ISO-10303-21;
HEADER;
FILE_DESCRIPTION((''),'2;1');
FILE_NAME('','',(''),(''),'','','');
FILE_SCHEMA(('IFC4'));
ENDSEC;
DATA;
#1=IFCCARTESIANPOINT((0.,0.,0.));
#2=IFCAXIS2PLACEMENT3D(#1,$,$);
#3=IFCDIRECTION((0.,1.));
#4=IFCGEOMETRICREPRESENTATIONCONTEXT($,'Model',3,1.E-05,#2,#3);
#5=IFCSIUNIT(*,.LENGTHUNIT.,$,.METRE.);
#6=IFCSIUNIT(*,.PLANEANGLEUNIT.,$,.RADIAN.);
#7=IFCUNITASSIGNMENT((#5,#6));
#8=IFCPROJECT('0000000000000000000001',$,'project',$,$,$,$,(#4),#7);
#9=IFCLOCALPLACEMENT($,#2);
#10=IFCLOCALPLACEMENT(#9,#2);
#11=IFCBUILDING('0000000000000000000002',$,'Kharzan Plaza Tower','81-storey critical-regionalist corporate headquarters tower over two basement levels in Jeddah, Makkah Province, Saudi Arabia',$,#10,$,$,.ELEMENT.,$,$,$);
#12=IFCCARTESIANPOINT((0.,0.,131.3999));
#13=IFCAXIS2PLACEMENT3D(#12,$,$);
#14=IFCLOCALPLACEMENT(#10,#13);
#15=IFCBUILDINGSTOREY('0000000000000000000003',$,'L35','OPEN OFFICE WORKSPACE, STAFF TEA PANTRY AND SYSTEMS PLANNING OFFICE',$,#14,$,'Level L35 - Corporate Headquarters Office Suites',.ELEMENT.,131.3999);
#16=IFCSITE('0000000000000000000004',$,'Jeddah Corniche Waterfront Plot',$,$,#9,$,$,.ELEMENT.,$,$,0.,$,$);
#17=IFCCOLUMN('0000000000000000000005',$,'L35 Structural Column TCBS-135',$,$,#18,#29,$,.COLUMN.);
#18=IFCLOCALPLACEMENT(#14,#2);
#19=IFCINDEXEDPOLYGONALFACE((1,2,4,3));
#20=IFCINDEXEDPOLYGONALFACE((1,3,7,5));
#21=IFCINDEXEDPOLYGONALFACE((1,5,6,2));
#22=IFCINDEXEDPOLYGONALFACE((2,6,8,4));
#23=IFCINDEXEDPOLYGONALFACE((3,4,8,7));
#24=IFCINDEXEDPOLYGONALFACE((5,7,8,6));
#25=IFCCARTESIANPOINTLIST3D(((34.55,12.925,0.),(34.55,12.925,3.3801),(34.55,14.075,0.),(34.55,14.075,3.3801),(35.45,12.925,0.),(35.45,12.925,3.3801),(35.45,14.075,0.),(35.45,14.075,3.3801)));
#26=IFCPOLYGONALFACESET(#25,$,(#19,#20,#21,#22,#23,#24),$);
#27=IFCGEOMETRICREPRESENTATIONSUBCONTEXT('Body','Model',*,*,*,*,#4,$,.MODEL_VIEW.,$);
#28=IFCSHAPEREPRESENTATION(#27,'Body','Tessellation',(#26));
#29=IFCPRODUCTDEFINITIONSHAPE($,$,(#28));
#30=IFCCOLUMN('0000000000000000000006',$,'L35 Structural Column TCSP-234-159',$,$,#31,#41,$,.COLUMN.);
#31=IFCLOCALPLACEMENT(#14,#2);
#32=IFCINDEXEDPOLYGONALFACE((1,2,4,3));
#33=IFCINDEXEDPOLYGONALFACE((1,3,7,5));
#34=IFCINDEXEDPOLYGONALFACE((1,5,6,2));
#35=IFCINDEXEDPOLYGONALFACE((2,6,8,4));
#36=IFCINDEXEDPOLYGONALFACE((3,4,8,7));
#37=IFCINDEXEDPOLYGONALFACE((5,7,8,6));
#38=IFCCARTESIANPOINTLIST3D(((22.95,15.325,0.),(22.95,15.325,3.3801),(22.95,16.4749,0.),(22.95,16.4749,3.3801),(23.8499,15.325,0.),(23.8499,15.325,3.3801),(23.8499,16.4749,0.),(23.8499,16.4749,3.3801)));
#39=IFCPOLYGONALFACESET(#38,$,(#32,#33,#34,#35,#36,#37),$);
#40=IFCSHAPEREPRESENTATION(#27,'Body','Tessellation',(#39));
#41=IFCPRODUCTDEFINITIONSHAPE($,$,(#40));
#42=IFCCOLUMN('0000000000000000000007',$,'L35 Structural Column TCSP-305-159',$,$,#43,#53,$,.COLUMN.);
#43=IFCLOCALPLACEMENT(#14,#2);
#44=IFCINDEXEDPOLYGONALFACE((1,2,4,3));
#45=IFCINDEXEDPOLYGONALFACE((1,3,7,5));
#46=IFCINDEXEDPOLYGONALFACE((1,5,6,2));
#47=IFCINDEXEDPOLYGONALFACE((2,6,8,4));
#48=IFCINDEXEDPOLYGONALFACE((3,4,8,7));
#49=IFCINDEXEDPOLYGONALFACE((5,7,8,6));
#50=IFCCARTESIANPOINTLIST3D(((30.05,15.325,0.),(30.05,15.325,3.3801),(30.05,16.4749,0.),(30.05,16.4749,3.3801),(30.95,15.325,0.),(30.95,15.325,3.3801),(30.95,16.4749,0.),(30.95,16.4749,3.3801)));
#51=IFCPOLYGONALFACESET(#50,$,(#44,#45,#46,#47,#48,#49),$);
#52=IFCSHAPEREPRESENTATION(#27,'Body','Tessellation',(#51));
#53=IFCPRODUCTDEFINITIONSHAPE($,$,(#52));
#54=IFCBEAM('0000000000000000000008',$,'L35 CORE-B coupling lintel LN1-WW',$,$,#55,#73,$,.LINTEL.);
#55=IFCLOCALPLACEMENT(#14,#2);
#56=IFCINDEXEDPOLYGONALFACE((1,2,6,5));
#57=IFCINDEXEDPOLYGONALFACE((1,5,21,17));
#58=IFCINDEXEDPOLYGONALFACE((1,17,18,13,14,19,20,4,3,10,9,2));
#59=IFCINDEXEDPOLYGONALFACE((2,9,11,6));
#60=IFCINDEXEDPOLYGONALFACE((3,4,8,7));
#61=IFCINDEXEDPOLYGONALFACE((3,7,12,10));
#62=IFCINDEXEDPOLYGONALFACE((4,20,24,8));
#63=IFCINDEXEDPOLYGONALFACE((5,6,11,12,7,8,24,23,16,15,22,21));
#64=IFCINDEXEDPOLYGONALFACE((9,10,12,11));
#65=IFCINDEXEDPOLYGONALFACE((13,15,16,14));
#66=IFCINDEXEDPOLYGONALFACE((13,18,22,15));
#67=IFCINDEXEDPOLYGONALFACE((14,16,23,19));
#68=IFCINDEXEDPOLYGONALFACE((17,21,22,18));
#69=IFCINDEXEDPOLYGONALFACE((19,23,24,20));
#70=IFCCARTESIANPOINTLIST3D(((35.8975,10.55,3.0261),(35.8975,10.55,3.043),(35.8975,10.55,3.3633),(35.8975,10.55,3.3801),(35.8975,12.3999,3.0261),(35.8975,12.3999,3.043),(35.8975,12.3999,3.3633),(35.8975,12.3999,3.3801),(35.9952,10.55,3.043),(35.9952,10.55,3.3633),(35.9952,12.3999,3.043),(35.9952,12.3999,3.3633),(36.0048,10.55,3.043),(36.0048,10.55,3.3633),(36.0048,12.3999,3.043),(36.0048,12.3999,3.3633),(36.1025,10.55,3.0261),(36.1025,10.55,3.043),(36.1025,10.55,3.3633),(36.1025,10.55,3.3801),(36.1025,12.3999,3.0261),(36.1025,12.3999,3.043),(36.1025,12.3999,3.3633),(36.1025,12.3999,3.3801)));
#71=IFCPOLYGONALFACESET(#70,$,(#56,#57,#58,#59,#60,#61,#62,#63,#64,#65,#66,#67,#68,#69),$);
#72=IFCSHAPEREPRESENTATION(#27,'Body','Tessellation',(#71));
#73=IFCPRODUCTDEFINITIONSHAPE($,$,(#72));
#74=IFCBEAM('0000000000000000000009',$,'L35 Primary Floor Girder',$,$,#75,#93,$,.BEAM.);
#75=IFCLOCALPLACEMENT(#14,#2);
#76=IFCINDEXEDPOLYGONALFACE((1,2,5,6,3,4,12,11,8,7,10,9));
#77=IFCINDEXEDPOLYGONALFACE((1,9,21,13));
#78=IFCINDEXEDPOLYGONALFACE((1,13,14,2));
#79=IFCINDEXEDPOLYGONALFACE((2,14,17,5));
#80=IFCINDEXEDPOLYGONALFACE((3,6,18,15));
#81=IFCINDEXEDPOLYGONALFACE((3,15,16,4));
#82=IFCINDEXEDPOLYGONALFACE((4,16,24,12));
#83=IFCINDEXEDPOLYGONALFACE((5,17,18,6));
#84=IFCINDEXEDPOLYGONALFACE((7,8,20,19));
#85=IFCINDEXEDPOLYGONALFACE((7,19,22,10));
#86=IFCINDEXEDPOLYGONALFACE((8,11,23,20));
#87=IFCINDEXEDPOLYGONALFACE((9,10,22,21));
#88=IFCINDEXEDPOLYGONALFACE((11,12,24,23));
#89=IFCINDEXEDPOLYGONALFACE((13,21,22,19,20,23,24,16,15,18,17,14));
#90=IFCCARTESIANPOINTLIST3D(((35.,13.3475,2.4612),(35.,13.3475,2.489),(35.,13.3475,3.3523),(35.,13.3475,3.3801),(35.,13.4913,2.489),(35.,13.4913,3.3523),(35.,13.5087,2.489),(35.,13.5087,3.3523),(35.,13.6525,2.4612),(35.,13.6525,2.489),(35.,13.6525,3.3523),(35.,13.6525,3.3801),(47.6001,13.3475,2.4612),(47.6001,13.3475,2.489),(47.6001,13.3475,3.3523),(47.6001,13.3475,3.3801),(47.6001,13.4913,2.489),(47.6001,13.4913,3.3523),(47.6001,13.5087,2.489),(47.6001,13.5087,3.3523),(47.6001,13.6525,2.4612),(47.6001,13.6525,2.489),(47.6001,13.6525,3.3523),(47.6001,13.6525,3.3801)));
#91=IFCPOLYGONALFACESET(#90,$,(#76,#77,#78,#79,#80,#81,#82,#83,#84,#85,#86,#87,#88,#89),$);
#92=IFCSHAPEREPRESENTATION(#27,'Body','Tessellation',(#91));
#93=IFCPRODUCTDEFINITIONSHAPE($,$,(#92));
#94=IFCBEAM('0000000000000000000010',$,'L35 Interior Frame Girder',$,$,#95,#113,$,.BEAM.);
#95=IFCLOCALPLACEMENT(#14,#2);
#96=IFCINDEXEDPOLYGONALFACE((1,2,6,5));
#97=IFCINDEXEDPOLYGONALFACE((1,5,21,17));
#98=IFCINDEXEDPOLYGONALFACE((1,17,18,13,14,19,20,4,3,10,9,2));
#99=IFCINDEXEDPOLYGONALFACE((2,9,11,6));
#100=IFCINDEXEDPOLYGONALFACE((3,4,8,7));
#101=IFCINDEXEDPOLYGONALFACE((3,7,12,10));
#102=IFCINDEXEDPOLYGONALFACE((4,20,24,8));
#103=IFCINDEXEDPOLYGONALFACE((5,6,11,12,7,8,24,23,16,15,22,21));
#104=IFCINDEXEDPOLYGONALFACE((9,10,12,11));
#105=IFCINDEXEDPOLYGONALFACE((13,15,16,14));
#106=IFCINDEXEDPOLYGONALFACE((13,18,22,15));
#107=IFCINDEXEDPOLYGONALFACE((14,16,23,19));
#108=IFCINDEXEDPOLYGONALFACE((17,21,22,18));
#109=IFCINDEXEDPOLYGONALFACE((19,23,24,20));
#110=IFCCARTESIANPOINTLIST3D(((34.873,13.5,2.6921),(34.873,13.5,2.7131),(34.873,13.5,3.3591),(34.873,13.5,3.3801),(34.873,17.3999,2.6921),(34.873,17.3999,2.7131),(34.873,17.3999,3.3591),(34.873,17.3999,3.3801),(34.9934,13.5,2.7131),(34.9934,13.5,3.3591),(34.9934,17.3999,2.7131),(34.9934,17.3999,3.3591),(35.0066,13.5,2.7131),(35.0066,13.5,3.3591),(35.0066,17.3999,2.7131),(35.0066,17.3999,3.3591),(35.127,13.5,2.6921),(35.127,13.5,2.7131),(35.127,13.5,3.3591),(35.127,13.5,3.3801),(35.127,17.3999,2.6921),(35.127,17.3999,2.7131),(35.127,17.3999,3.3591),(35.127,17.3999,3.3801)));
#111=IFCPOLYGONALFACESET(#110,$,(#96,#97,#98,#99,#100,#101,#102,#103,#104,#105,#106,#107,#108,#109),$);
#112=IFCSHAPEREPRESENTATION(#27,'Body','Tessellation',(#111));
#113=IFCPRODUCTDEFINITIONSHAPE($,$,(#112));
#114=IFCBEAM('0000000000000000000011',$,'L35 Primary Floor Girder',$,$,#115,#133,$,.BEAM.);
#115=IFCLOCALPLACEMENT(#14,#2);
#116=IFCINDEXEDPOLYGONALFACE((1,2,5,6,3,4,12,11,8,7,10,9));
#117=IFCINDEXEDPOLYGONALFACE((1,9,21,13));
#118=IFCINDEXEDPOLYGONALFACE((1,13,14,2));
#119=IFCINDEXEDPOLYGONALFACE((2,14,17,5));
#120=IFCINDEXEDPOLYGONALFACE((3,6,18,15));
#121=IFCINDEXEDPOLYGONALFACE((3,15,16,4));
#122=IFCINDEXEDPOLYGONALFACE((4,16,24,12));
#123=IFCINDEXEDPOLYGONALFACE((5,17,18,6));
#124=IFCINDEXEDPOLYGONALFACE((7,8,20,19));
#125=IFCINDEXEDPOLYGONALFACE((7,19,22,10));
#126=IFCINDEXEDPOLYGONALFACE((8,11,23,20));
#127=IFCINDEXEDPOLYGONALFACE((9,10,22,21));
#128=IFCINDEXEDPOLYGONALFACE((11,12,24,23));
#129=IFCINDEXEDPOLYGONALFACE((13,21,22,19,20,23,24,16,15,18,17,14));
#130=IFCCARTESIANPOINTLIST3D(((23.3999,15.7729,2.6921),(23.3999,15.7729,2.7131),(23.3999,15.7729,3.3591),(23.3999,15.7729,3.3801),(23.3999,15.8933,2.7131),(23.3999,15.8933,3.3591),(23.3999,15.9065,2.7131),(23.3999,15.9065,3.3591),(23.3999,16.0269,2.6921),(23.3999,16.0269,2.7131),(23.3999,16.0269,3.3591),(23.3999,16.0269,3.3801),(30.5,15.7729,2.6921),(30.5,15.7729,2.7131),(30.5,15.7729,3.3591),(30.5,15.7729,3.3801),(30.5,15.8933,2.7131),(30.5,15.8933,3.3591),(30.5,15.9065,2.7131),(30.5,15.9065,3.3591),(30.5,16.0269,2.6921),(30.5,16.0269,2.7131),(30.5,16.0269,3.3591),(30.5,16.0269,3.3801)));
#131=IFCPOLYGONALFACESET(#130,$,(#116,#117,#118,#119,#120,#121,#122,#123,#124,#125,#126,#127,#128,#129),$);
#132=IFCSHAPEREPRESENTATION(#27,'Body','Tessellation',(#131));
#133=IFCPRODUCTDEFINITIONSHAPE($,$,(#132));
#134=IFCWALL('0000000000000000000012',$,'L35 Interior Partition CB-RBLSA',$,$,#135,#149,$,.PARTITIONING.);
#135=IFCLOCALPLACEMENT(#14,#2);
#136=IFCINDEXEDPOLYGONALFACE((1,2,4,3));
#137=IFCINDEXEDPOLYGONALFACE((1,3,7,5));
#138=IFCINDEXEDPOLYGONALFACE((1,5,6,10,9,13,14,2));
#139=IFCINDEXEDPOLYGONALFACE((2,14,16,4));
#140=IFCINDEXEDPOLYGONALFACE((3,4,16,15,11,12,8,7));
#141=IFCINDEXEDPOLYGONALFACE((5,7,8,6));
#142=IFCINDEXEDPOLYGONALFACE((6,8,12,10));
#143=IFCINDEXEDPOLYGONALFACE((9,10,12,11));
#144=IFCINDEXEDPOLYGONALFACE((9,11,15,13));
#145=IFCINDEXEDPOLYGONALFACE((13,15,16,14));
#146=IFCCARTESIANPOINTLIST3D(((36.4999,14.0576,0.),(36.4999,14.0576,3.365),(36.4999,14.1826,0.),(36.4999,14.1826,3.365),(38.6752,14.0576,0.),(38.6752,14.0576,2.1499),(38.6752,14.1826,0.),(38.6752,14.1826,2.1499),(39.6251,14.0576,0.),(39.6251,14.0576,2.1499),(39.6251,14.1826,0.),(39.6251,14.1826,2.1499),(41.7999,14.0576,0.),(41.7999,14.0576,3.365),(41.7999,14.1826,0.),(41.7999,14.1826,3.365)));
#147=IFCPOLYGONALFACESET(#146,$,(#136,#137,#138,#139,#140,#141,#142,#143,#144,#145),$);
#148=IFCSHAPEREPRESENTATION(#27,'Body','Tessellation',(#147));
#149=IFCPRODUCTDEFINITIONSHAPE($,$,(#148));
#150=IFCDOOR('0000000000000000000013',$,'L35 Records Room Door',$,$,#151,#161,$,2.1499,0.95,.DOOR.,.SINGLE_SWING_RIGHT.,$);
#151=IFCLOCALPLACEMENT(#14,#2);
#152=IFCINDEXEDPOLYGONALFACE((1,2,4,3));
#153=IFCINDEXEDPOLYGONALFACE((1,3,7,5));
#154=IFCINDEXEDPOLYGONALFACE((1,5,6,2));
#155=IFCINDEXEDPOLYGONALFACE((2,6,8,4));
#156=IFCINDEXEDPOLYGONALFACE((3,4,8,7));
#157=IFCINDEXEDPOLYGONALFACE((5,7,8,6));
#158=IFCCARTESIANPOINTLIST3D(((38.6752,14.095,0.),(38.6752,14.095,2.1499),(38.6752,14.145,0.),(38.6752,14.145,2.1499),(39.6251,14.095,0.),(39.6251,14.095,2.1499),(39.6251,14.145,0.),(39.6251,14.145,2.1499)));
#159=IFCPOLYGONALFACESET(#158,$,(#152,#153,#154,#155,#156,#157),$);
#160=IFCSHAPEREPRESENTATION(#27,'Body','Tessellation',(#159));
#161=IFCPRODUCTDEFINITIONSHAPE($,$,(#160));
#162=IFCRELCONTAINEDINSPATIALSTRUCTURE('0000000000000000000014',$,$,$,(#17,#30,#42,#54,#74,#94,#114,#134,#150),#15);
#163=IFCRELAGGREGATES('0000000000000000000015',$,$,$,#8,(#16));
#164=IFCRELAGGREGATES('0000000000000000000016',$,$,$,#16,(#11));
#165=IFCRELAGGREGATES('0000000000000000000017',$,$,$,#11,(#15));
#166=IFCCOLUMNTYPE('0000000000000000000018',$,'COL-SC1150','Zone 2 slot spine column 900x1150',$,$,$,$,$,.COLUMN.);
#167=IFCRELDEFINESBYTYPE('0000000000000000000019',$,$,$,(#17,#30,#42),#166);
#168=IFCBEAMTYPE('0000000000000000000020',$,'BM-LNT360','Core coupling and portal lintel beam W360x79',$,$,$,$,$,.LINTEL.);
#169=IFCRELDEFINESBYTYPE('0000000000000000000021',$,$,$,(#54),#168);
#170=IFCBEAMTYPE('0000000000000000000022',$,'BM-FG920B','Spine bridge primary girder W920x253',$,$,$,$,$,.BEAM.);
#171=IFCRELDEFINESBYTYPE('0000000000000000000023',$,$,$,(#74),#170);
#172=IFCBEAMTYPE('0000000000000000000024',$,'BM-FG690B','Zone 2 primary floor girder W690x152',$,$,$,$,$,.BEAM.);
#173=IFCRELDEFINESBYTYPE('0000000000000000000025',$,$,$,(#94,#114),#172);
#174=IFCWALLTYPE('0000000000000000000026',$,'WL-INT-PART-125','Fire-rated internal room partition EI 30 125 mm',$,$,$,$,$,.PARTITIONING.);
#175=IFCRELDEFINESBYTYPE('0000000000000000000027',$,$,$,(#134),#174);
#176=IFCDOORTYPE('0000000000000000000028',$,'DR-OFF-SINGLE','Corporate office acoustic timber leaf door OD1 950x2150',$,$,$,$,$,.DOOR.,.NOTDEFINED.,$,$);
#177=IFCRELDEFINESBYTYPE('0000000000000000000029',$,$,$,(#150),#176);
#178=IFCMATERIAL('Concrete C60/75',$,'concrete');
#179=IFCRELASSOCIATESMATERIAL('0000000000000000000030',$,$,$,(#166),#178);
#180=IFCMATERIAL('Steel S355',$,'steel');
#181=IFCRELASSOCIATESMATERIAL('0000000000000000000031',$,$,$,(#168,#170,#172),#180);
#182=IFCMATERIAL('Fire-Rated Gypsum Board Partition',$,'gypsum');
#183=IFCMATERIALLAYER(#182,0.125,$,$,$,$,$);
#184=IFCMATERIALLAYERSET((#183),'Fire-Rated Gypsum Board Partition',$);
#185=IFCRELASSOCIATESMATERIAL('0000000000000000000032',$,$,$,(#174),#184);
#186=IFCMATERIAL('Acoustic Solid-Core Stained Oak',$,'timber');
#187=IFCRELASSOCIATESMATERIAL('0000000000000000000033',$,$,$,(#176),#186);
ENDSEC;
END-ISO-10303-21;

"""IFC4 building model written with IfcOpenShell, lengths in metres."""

from ifc_helpers import new_model, si_unit, direction, frame, frame_2d, origin, origin_2d, place, context, subcontext, project, spatial, rectangle, i_section, extrude, source, transform, mapped, material, layer, layer_set, material_profile, profile_set, type_object, element, fill, save


model = new_model("IFC4")

# Units and contexts
model_context = context("Model", 3, precision=1e-05, world=origin(), true_north=direction((0.0, 1.0)))
body_context = subcontext(model_context, "Body", "Model", "MODEL_VIEW")
ifc_project = project(units=[si_unit("LENGTHUNIT", "METRE"), si_unit("PLANEANGLEUNIT", "RADIAN")], contexts=[model_context])

# Site, building, storey
site_placement = place(None, origin())
site = spatial("IfcSite", under=ifc_project, at=site_placement, Name="Jeddah Corniche Waterfront Plot", CompositionType="ELEMENT", RefElevation=0.0)
building_placement = place(site_placement, origin())
building = spatial("IfcBuilding", under=site, at=building_placement, Name="Kharzan Plaza Tower", Description="81-storey critical-regionalist corporate headquarters tower over two basement levels in Jeddah, Makkah Province, Saudi Arabia", CompositionType="ELEMENT")
storey_placement = place(building_placement, frame((0.0, 0.0, 131.3999)))
storey = spatial("IfcBuildingStorey", under=building, at=storey_placement, Name="L35", Description="OPEN OFFICE WORKSPACE, STAFF TEA PANTRY AND SYSTEMS PLANNING OFFICE", LongName="Level L35 - Corporate Headquarters Office Suites", CompositionType="ELEMENT", Elevation=131.3999)

# Columns
ifc_material_1 = material(Name="Concrete C60/75", Category="concrete")
ifc_material_profile_1 = material_profile(ifc_material_1, rectangle(XDim=0.8999, YDim=1.1499, at=origin_2d()), Name="RC-SC1150x900")
ifc_profile_set_1 = profile_set([ifc_material_profile_1], Name="Concrete C60/75")
column_type = type_object("IfcColumnType", Name="COL-SC1150", Description="Zone 2 slot spine column 900x1150", PredefinedType="COLUMN", material=ifc_profile_set_1)
shared_shape_1 = source(origin(), body_context, "Body", "SweptSolid", [
    extrude(rectangle(XDim=0.8999, YDim=1.1499, at=origin_2d()), origin(), (0.0, 0.0, 1.0), 3.3801),
])
for number, where, z_axis, x_axis, name in (
    (1, (35.0, 13.5, 0.0), (0.0, 0.0, 1.0), (1.0, 0.0, 0.0), "L35 Structural Column TCBS-135"),
    (2, (23.3999, 15.8999, 0.0), (0.0, 0.0, 1.0), (1.0, 0.0, 0.0), "L35 Structural Column TCSP-234-159"),
    (3, (30.5, 15.8999, 0.0), (0.0, 0.0, 1.0), (1.0, 0.0, 0.0), "L35 Structural Column TCSP-305-159"),
):
    element("IfcColumn", number, at=place(storey_placement, frame(where, z_axis=z_axis, x_axis=x_axis)), inside=storey, type_object=column_type, Name=name, PredefinedType="COLUMN", context=body_context, shape_type="MappedRepresentation", body=[
        mapped(shared_shape_1, transform((0.0, 0.0, 0.0), x_axis=(1.0, 0.0, 0.0), y_axis=(0.0, 1.0, 0.0), z_axis=(0.0, 0.0, 1.0))),
    ])

# Beams
ifc_material_2 = material(Name="Steel S355", Category="steel")
ifc_material_profile_2 = material_profile(ifc_material_2, i_section(OverallWidth=0.2051, OverallDepth=0.354, WebThickness=0.0095, FlangeThickness=0.0168, at=origin_2d()), Name="W360x79")
ifc_profile_set_2 = profile_set([ifc_material_profile_2], Name="Steel S355")
beam_type_1 = type_object("IfcBeamType", Name="BM-LNT360", Description="Core coupling and portal lintel beam W360x79", PredefinedType="LINTEL", material=ifc_profile_set_2)
shared_shape_2 = source(origin(), body_context, "Body", "SweptSolid", [
    extrude(i_section(OverallWidth=0.2051, OverallDepth=0.354, WebThickness=0.0095, FlangeThickness=0.0168, at=origin_2d()), origin(), (0.0, 0.0, 1.0), 1.8499),
])
beam_1_placement = place(storey_placement, frame((36.0, 10.55, 3.2031), z_axis=(0.0, 1.0, 0.0), x_axis=(-1.0, 0.0, 0.0)))
element("IfcBeam", 4, at=beam_1_placement, inside=storey, type_object=beam_type_1, Name="L35 CORE-B coupling lintel LN1-WW", PredefinedType="LINTEL", context=body_context, shape_type="MappedRepresentation", body=[
    mapped(shared_shape_2, transform((0.0, 0.0, 0.0), x_axis=(1.0, 0.0, 0.0), y_axis=(0.0, 1.0, 0.0), z_axis=(0.0, 0.0, 1.0))),
])
ifc_material_profile_3 = material_profile(ifc_material_2, i_section(OverallWidth=0.3049, OverallDepth=0.9189, WebThickness=0.0173, FlangeThickness=0.0278, at=origin_2d()), Name="W920x253")
ifc_profile_set_3 = profile_set([ifc_material_profile_3], Name="Steel S355")
beam_type_2 = type_object("IfcBeamType", Name="BM-FG920B", Description="Spine bridge primary girder W920x253", PredefinedType="BEAM", material=ifc_profile_set_3)
shared_shape_3 = source(origin(), body_context, "Body", "SweptSolid", [
    extrude(i_section(OverallWidth=0.3049, OverallDepth=0.9189, WebThickness=0.0173, FlangeThickness=0.0278, at=origin_2d()), origin(), (0.0, 0.0, 1.0), 12.6001),
])
beam_2_placement = place(storey_placement, frame((35.0, 13.5, 2.9207), z_axis=(1.0, 0.0, 0.0), x_axis=(0.0, 1.0, 0.0)))
element("IfcBeam", 5, at=beam_2_placement, inside=storey, type_object=beam_type_2, Name="L35 Primary Floor Girder", PredefinedType="BEAM", context=body_context, shape_type="MappedRepresentation", body=[
    mapped(shared_shape_3, transform((0.0, 0.0, 0.0), x_axis=(1.0, 0.0, 0.0), y_axis=(0.0, 1.0, 0.0), z_axis=(0.0, 0.0, 1.0))),
])
ifc_material_profile_4 = material_profile(ifc_material_2, i_section(OverallWidth=0.2539, OverallDepth=0.688, WebThickness=0.0132, FlangeThickness=0.021, at=origin_2d()), Name="W690x152")
ifc_profile_set_4 = profile_set([ifc_material_profile_4], Name="Steel S355")
beam_type_3 = type_object("IfcBeamType", Name="BM-FG690B", Description="Zone 2 primary floor girder W690x152", PredefinedType="BEAM", material=ifc_profile_set_4)
shared_shape_4 = source(origin(), body_context, "Body", "SweptSolid", [
    extrude(i_section(OverallWidth=0.2539, OverallDepth=0.688, WebThickness=0.0132, FlangeThickness=0.021, at=origin_2d()), origin(), (0.0, 0.0, 1.0), 3.8999),
])
beam_3_placement = place(storey_placement, frame((35.0, 13.5, 3.0361), z_axis=(0.0, 1.0, 0.0), x_axis=(-1.0, 0.0, 0.0)))
element("IfcBeam", 6, at=beam_3_placement, inside=storey, type_object=beam_type_3, Name="L35 Interior Frame Girder", PredefinedType="BEAM", context=body_context, shape_type="MappedRepresentation", body=[
    mapped(shared_shape_4, transform((0.0, 0.0, 0.0), x_axis=(1.0, 0.0, 0.0), y_axis=(0.0, 1.0, 0.0), z_axis=(0.0, 0.0, 1.0))),
])
shared_shape_5 = source(origin(), body_context, "Body", "SweptSolid", [
    extrude(i_section(OverallWidth=0.2539, OverallDepth=0.688, WebThickness=0.0132, FlangeThickness=0.021, at=origin_2d()), origin(), (0.0, 0.0, 1.0), 7.1001),
])
beam_4_placement = place(storey_placement, frame((23.3999, 15.8999, 3.0361), z_axis=(1.0, 0.0, 0.0), x_axis=(0.0, 1.0, 0.0)))
element("IfcBeam", 7, at=beam_4_placement, inside=storey, type_object=beam_type_3, Name="L35 Primary Floor Girder", PredefinedType="BEAM", context=body_context, shape_type="MappedRepresentation", body=[
    mapped(shared_shape_5, transform((0.0, 0.0, 0.0), x_axis=(1.0, 0.0, 0.0), y_axis=(0.0, 1.0, 0.0), z_axis=(0.0, 0.0, 1.0))),
])

# Wall, opening, door
ifc_material_3 = material(Name="Fire-Rated Gypsum Board Partition", Category="gypsum")
ifc_layer_1 = layer(ifc_material_3, 0.125)
ifc_layer_set_1 = layer_set([ifc_layer_1], Name="Fire-Rated Gypsum Board Partition")
wall_type_1 = type_object("IfcWallType", Name="WL-INT-PART-125", Description="Fire-rated internal room partition EI 30 125 mm", PredefinedType="PARTITIONING", material=ifc_layer_set_1)
wall_1_placement = place(storey_placement, frame((36.5, 14.1201, 0.0), z_axis=(0.0, 0.0, 1.0), x_axis=(1.0, 0.0, 0.0)))
wall_1 = element("IfcWall", 8, at=wall_1_placement, inside=storey, type_object=wall_type_1, Name="L35 Interior Partition CB-RBLSA", PredefinedType="PARTITIONING", context=body_context, shape_type="SweptSolid", body=[
    extrude(rectangle(XDim=5.3, YDim=0.125, at=frame_2d((2.6499, 0.0))), origin(), (0.0, 0.0, 1.0), 3.365),
])
opening_1_placement = place(wall_1_placement, frame((2.175, 0.0, 0.0)))
opening_1 = element("IfcOpeningElement", 9, at=opening_1_placement, cuts=wall_1, PredefinedType="OPENING", context=body_context, shape_type="SweptSolid", body=[
    extrude(rectangle(XDim=0.95, YDim=2.1499, at=frame_2d((0.4751, 1.075))), frame((0.0, 0.0725, 0.0), z_axis=(0.0, -1.0, 0.0), x_axis=(1.0, 0.0, 0.0)), (0.0, 0.0, 1.0), 0.145),
])
ifc_material_4 = material(Name="Acoustic Solid-Core Stained Oak", Category="timber")
door_type_1 = type_object("IfcDoorType", Name="DR-OFF-SINGLE", Description="Corporate office acoustic timber leaf door OD1 950x2150", OperationType="NOTDEFINED", PredefinedType="DOOR", material=ifc_material_4)
shared_shape_6 = source(origin(), body_context, "Body", "SweptSolid", [
    extrude(rectangle(XDim=0.95, YDim=2.1499, at=frame_2d((0.4751, 1.075))), frame((0.0, 0.0249, 0.0), z_axis=(0.0, -1.0, 0.0), x_axis=(1.0, 0.0, 0.0)), (0.0, 0.0, 1.0), 0.05),
])
door_1_placement = place(opening_1_placement, origin())
door_1 = element("IfcDoor", 10, at=door_1_placement, inside=storey, type_object=door_type_1, Name="L35 Records Room Door", OperationType="SINGLE_SWING_RIGHT", OverallHeight=2.1499, OverallWidth=0.95, PredefinedType="DOOR", context=body_context, shape_type="MappedRepresentation", body=[
    mapped(shared_shape_6, transform((0.0, 0.0, 0.0), x_axis=(1.0, 0.0, 0.0), y_axis=(0.0, 1.0, 0.0), z_axis=(0.0, 0.0, 1.0))),
])
fill(opening_1, door_1)

save(model, "model.ifc")
